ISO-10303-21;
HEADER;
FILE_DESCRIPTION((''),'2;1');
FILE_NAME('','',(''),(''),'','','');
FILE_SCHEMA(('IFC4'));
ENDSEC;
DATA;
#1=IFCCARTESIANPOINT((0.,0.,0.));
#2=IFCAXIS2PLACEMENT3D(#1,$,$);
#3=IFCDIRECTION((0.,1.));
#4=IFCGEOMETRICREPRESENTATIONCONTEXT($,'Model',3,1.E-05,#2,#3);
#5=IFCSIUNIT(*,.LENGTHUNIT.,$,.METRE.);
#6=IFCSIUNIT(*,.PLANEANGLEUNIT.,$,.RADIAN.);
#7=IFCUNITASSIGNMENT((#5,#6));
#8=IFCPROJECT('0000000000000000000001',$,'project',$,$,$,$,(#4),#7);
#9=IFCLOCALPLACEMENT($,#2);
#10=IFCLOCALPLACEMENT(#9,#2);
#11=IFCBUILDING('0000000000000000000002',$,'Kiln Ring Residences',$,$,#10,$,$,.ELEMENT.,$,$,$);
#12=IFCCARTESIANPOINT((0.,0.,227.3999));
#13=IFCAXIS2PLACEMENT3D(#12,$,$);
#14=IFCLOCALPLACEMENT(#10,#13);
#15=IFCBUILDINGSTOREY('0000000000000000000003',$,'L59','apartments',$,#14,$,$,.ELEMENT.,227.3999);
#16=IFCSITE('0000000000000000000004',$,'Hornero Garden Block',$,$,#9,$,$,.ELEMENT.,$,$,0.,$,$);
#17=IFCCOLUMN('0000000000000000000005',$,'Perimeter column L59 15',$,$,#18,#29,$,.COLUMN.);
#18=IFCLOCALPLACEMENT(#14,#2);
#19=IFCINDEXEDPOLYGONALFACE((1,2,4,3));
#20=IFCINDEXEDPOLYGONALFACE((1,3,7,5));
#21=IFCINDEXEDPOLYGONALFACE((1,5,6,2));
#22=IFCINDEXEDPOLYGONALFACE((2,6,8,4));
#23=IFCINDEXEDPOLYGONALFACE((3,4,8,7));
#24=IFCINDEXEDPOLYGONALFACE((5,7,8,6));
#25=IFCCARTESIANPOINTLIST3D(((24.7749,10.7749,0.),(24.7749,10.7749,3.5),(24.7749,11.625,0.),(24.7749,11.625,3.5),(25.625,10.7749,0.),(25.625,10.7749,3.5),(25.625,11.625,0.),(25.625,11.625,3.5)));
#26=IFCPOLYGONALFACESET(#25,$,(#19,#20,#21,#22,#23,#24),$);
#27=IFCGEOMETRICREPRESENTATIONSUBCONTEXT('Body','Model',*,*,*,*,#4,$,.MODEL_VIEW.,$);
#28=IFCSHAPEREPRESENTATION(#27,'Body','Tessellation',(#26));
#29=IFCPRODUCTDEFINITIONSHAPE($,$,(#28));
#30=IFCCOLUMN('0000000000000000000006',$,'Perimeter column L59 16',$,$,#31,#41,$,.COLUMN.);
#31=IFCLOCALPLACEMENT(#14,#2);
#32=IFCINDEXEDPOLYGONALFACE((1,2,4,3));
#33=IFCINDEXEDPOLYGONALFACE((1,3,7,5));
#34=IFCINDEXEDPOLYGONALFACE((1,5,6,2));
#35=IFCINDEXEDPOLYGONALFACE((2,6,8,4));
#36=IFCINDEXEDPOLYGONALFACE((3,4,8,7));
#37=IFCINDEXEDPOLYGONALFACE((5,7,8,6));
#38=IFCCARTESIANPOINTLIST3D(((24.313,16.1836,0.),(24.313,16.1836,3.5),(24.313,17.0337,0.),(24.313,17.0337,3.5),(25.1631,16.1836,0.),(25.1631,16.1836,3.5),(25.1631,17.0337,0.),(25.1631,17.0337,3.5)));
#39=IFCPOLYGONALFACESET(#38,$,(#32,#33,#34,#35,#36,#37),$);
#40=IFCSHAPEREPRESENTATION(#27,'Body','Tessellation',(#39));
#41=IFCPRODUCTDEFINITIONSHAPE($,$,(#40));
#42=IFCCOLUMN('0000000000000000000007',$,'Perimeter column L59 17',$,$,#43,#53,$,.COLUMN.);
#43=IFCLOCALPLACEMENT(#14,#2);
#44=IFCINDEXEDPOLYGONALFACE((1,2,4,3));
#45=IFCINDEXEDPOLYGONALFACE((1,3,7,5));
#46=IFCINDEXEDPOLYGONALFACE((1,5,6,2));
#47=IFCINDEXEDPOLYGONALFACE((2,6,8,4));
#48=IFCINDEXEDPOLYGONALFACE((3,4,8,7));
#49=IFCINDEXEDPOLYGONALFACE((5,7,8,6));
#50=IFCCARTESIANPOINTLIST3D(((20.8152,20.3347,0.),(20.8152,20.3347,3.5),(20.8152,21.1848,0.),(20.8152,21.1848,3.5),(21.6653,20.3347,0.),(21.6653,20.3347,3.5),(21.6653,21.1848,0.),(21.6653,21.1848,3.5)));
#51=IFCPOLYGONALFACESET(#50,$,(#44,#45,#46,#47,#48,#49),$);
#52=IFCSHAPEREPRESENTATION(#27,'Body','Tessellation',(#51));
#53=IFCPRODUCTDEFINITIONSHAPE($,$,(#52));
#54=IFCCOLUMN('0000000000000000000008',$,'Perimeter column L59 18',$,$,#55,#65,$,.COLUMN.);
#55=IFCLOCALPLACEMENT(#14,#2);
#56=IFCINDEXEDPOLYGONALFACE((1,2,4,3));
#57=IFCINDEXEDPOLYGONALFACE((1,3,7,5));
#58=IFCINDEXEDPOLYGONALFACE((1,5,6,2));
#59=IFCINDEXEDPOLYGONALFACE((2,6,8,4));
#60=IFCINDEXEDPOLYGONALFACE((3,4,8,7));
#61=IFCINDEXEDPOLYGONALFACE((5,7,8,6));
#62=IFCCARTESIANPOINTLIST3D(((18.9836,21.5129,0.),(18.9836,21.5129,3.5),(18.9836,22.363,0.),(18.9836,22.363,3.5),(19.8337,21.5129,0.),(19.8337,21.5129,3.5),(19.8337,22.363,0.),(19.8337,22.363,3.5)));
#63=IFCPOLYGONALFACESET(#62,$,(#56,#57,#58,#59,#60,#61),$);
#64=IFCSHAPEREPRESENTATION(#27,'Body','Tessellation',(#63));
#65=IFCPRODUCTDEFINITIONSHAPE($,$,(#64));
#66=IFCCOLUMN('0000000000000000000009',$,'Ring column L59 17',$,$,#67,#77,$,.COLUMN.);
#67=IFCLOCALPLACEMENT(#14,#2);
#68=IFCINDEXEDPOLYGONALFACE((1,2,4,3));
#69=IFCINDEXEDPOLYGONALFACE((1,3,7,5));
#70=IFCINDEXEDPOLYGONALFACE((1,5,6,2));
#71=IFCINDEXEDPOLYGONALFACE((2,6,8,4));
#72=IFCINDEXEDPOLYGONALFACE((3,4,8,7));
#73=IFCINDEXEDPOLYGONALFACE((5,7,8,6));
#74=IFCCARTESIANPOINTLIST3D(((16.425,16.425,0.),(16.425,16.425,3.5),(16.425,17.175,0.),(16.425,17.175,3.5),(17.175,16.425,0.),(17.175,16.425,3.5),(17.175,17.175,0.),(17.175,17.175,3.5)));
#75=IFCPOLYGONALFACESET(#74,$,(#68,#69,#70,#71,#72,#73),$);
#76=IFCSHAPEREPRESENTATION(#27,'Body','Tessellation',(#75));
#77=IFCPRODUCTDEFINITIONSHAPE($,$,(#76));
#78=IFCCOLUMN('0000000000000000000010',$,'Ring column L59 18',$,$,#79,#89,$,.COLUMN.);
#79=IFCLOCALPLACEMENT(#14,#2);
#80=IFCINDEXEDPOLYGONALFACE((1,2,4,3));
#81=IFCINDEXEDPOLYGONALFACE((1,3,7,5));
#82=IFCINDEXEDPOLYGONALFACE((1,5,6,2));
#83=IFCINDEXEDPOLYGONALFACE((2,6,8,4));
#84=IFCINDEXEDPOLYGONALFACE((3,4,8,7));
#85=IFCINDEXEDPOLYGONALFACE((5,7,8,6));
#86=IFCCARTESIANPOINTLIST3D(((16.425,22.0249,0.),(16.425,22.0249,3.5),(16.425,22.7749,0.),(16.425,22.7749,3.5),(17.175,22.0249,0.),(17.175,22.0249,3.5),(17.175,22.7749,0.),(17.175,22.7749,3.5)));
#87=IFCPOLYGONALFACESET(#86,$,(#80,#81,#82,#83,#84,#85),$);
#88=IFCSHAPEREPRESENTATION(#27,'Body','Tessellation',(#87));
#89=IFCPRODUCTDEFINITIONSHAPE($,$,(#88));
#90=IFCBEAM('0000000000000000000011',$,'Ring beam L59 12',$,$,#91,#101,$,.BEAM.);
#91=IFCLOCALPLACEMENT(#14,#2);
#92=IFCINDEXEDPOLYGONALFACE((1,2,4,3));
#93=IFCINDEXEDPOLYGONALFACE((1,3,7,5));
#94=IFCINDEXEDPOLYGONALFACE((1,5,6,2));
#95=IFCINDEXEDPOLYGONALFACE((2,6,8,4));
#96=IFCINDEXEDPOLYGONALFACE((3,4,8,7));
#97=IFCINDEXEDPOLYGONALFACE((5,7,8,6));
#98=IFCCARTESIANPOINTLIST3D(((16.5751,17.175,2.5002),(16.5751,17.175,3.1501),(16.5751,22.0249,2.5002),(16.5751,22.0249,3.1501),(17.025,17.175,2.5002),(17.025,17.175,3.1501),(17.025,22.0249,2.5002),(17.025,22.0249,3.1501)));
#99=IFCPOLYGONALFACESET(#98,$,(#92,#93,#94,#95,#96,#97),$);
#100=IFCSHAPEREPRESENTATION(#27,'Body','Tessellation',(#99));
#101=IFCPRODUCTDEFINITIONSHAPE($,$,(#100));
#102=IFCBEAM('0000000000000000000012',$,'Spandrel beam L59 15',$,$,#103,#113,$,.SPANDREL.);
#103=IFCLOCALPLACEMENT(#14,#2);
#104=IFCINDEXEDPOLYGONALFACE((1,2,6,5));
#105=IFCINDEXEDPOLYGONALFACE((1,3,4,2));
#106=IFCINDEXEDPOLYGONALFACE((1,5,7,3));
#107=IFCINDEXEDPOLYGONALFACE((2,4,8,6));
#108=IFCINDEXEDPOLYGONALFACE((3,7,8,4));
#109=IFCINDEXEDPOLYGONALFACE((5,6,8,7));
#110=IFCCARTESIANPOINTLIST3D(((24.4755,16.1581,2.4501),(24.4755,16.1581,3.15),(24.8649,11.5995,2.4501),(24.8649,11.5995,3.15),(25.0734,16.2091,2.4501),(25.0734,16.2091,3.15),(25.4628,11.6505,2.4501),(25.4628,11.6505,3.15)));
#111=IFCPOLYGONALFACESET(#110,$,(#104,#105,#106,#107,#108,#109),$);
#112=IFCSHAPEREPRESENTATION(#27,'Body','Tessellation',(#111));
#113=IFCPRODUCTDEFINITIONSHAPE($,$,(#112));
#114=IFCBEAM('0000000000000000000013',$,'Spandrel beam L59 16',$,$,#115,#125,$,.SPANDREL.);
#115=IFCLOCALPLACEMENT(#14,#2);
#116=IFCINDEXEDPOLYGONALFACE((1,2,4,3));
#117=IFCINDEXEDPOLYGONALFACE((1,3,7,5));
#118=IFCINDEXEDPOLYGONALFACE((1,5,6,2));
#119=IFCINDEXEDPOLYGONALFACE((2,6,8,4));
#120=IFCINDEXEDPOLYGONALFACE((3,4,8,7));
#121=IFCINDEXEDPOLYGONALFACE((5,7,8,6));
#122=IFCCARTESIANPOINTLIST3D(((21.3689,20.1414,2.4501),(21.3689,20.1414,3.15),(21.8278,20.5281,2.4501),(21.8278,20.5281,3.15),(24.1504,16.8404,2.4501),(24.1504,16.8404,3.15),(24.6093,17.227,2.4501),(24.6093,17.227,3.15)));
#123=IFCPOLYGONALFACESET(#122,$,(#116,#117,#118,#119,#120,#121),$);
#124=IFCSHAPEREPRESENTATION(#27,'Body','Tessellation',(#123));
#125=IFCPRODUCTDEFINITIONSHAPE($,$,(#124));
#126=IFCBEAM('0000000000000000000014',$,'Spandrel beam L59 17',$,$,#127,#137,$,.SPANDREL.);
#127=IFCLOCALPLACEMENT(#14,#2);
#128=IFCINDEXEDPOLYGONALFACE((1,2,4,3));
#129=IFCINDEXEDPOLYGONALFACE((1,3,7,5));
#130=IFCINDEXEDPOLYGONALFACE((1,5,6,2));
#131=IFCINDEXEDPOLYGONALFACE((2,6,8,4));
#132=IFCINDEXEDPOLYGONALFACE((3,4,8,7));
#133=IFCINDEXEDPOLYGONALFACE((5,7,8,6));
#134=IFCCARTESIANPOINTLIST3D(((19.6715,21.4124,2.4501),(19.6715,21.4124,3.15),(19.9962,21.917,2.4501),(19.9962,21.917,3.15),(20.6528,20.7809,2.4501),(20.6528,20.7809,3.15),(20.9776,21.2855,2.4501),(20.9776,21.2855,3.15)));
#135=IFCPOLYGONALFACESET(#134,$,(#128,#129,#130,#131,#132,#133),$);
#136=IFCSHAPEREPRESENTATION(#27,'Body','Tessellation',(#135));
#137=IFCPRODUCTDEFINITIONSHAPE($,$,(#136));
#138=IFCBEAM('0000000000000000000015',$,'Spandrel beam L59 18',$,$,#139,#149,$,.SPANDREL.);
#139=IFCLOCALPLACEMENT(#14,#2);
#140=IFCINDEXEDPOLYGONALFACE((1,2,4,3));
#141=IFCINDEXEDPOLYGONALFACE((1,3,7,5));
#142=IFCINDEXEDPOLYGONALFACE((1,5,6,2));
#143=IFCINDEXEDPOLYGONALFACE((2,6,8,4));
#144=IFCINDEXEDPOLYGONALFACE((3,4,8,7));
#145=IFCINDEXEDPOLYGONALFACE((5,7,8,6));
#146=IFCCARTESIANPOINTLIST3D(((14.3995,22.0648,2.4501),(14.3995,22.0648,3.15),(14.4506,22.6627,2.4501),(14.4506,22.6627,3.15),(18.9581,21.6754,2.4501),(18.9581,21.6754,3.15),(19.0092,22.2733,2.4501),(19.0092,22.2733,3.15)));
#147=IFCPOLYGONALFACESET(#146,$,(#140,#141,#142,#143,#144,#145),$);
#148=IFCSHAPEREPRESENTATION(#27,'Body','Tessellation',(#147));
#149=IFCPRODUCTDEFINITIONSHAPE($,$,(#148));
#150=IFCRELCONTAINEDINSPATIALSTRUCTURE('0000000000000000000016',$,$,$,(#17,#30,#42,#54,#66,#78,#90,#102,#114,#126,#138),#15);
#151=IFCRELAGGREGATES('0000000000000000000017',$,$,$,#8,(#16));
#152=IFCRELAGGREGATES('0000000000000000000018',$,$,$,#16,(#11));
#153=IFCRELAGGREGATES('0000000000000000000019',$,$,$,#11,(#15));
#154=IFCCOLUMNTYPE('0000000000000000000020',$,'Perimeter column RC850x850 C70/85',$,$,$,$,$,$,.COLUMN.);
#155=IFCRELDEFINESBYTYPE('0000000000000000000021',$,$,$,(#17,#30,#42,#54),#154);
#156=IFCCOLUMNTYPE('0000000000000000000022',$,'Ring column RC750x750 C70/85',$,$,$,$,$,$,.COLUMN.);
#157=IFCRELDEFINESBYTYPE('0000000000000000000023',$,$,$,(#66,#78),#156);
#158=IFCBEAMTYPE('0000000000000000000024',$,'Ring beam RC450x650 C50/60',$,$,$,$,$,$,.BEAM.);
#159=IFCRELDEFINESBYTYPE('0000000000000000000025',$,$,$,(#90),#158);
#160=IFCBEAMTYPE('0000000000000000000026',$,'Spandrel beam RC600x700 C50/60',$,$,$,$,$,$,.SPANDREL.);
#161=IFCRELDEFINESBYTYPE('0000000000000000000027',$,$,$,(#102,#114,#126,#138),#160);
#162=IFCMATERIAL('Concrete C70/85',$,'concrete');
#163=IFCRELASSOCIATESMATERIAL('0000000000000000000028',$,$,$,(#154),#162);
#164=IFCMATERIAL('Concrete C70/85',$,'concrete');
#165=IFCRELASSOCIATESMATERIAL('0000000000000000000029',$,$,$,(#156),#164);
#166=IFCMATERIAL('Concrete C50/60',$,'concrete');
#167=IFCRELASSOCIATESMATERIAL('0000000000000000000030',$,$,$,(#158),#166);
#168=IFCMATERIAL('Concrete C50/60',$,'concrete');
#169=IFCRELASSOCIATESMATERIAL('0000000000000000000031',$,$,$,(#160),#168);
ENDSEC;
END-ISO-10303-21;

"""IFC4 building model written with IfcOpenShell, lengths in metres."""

from ifc_helpers import new_model, si_unit, direction, frame, origin, origin_2d, place, context, subcontext, project, spatial, rectangle, extrude, material, material_profile, profile_set, type_object, element, save


model = new_model("IFC4")

# Units and contexts
model_context = context("Model", 3, precision=1e-05, world=origin(), true_north=direction((0.0, 1.0)))
body_context = subcontext(model_context, "Body", "Model", "MODEL_VIEW")
ifc_project = project(units=[si_unit("LENGTHUNIT", "METRE"), si_unit("PLANEANGLEUNIT", "RADIAN")], contexts=[model_context])

# Site, building, storey
site_placement = place(None, origin())
site = spatial("IfcSite", under=ifc_project, at=site_placement, Name="Hornero Garden Block", CompositionType="ELEMENT", RefElevation=0.0)
building_placement = place(site_placement, origin())
building = spatial("IfcBuilding", under=site, at=building_placement, Name="Kiln Ring Residences", CompositionType="ELEMENT")
storey_placement = place(building_placement, frame((0.0, 0.0, 227.3999)))
storey = spatial("IfcBuildingStorey", under=building, at=storey_placement, Name="L59", Description="apartments", CompositionType="ELEMENT", Elevation=227.3999)

# Columns
ifc_material_1 = material(Name="Concrete C70/85", Category="concrete")
ifc_material_profile_1 = material_profile(ifc_material_1, rectangle(XDim=0.8501, YDim=0.8501, at=origin_2d()), Name="RC850x850")
ifc_profile_set_1 = profile_set([ifc_material_profile_1], Name="Concrete C70/85")
column_type_1 = type_object("IfcColumnType", Name="Perimeter column RC850x850 C70/85", PredefinedType="COLUMN", material=ifc_profile_set_1)
for number, where, z_axis, x_axis, name in (
    (1, (25.2, 11.2, 0.0), (0.0, 0.0, 1.0), (1.0, 0.0, 0.0), "Perimeter column L59 15"),
    (2, (24.738, 16.6086, 0.0), (0.0, 0.0, 1.0), (1.0, 0.0, 0.0), "Perimeter column L59 16"),
    (3, (21.2402, 20.7598, 0.0), (0.0, 0.0, 1.0), (1.0, 0.0, 0.0), "Perimeter column L59 17"),
    (4, (19.4087, 21.938, 0.0), (0.0, 0.0, 1.0), (1.0, 0.0, 0.0), "Perimeter column L59 18"),
):
    element("IfcColumn", number, at=place(storey_placement, frame(where, z_axis=z_axis, x_axis=x_axis)), inside=storey, type_object=column_type_1, Name=name, PredefinedType="COLUMN", context=body_context, shape_type="SweptSolid", body=[
        extrude(rectangle(XDim=0.8501, YDim=0.8501, at=origin_2d()), origin(), (0.0, 0.0, 1.0), 3.5),
    ])
ifc_material_2 = material(Name="Concrete C70/85", Category="concrete")
ifc_material_profile_2 = material_profile(ifc_material_2, rectangle(XDim=0.75, YDim=0.75, at=origin_2d()), Name="RC750x750")
ifc_profile_set_2 = profile_set([ifc_material_profile_2], Name="Concrete C70/85")
column_type_2 = type_object("IfcColumnType", Name="Ring column RC750x750 C70/85", PredefinedType="COLUMN", material=ifc_profile_set_2)
for number, where, z_axis, x_axis, name in (
    (5, (16.8, 16.8, 0.0), (0.0, 0.0, 1.0), (1.0, 0.0, 0.0), "Ring column L59 17"),
    (6, (16.8, 22.3999, 0.0), (0.0, 0.0, 1.0), (1.0, 0.0, 0.0), "Ring column L59 18"),
):
    element("IfcColumn", number, at=place(storey_placement, frame(where, z_axis=z_axis, x_axis=x_axis)), inside=storey, type_object=column_type_2, Name=name, PredefinedType="COLUMN", context=body_context, shape_type="SweptSolid", body=[
        extrude(rectangle(XDim=0.75, YDim=0.75, at=origin_2d()), origin(), (0.0, 0.0, 1.0), 3.5),
    ])

# Beams
ifc_material_3 = material(Name="Concrete C50/60", Category="concrete")
ifc_material_profile_3 = material_profile(ifc_material_3, rectangle(XDim=0.45, YDim=0.6499, at=origin_2d()), Name="RC450x650")
ifc_profile_set_3 = profile_set([ifc_material_profile_3], Name="Concrete C50/60")
beam_type_1 = type_object("IfcBeamType", Name="Ring beam RC450x650 C50/60", PredefinedType="BEAM", material=ifc_profile_set_3)
beam_1_placement = place(storey_placement, frame((16.8, 17.175, 2.8252), z_axis=(0.0, 1.0, 0.0), x_axis=(-1.0, 0.0, 0.0)))
element("IfcBeam", 7, at=beam_1_placement, inside=storey, type_object=beam_type_1, Name="Ring beam L59 12", PredefinedType="BEAM", context=body_context, shape_type="SweptSolid", body=[
    extrude(rectangle(XDim=0.45, YDim=0.6499, at=origin_2d()), origin(), (0.0, 0.0, 1.0), 4.8499),
])
ifc_material_4 = material(Name="Concrete C50/60", Category="concrete")
ifc_material_profile_4 = material_profile(ifc_material_4, rectangle(XDim=0.6001, YDim=0.7, at=origin_2d()), Name="RC600x700")
ifc_profile_set_4 = profile_set([ifc_material_profile_4], Name="Concrete C50/60")
beam_type_2 = type_object("IfcBeamType", Name="Spandrel beam RC600x700 C50/60", PredefinedType="SPANDREL", material=ifc_profile_set_4)
beam_2_placement = place(storey_placement, frame((25.1638, 11.625, 2.8), z_axis=(-0.085112, 0.996371, 0.0), x_axis=(-0.996371, -0.085112, 0.0)))
element("IfcBeam", 8, at=beam_2_placement, inside=storey, type_object=beam_type_2, Name="Spandrel beam L59 15", PredefinedType="SPANDREL", context=body_context, shape_type="SweptSolid", body=[
    extrude(rectangle(XDim=0.6001, YDim=0.7, at=origin_2d()), origin(), (0.0, 0.0, 1.0), 4.5752),
])
beam_3_placement = place(storey_placement, frame((24.3799, 17.0337, 2.8), z_axis=(-0.644364, 0.764719, 0.0), x_axis=(-0.764719, -0.644364, 0.0)))
element("IfcBeam", 9, at=beam_3_placement, inside=storey, type_object=beam_type_2, Name="Spandrel beam L59 16", PredefinedType="SPANDREL", context=body_context, shape_type="SweptSolid", body=[
    extrude(rectangle(XDim=0.6001, YDim=0.7, at=origin_2d()), origin(), (0.0, 0.0, 1.0), 4.3167),
])
beam_4_placement = place(storey_placement, frame((20.8152, 21.0332, 2.8), z_axis=(-0.84092, 0.541159, 0.0), x_axis=(-0.541159, -0.84092, 0.0)))
element("IfcBeam", 10, at=beam_4_placement, inside=storey, type_object=beam_type_2, Name="Spandrel beam L59 17", PredefinedType="SPANDREL", context=body_context, shape_type="SweptSolid", body=[
    extrude(rectangle(XDim=0.6001, YDim=0.7, at=origin_2d()), origin(), (0.0, 0.0, 1.0), 1.167),
])
beam_5_placement = place(storey_placement, frame((18.9836, 21.9744, 2.8), z_axis=(-0.996371, 0.085112, 0.0), x_axis=(-0.085112, -0.996371, 0.0)))
element("IfcBeam", 11, at=beam_5_placement, inside=storey, type_object=beam_type_2, Name="Spandrel beam L59 18", PredefinedType="SPANDREL", context=body_context, shape_type="SweptSolid", body=[
    extrude(rectangle(XDim=0.6001, YDim=0.7, at=origin_2d()), origin(), (0.0, 0.0, 1.0), 4.5752),
])

save(model, "model.ifc")
